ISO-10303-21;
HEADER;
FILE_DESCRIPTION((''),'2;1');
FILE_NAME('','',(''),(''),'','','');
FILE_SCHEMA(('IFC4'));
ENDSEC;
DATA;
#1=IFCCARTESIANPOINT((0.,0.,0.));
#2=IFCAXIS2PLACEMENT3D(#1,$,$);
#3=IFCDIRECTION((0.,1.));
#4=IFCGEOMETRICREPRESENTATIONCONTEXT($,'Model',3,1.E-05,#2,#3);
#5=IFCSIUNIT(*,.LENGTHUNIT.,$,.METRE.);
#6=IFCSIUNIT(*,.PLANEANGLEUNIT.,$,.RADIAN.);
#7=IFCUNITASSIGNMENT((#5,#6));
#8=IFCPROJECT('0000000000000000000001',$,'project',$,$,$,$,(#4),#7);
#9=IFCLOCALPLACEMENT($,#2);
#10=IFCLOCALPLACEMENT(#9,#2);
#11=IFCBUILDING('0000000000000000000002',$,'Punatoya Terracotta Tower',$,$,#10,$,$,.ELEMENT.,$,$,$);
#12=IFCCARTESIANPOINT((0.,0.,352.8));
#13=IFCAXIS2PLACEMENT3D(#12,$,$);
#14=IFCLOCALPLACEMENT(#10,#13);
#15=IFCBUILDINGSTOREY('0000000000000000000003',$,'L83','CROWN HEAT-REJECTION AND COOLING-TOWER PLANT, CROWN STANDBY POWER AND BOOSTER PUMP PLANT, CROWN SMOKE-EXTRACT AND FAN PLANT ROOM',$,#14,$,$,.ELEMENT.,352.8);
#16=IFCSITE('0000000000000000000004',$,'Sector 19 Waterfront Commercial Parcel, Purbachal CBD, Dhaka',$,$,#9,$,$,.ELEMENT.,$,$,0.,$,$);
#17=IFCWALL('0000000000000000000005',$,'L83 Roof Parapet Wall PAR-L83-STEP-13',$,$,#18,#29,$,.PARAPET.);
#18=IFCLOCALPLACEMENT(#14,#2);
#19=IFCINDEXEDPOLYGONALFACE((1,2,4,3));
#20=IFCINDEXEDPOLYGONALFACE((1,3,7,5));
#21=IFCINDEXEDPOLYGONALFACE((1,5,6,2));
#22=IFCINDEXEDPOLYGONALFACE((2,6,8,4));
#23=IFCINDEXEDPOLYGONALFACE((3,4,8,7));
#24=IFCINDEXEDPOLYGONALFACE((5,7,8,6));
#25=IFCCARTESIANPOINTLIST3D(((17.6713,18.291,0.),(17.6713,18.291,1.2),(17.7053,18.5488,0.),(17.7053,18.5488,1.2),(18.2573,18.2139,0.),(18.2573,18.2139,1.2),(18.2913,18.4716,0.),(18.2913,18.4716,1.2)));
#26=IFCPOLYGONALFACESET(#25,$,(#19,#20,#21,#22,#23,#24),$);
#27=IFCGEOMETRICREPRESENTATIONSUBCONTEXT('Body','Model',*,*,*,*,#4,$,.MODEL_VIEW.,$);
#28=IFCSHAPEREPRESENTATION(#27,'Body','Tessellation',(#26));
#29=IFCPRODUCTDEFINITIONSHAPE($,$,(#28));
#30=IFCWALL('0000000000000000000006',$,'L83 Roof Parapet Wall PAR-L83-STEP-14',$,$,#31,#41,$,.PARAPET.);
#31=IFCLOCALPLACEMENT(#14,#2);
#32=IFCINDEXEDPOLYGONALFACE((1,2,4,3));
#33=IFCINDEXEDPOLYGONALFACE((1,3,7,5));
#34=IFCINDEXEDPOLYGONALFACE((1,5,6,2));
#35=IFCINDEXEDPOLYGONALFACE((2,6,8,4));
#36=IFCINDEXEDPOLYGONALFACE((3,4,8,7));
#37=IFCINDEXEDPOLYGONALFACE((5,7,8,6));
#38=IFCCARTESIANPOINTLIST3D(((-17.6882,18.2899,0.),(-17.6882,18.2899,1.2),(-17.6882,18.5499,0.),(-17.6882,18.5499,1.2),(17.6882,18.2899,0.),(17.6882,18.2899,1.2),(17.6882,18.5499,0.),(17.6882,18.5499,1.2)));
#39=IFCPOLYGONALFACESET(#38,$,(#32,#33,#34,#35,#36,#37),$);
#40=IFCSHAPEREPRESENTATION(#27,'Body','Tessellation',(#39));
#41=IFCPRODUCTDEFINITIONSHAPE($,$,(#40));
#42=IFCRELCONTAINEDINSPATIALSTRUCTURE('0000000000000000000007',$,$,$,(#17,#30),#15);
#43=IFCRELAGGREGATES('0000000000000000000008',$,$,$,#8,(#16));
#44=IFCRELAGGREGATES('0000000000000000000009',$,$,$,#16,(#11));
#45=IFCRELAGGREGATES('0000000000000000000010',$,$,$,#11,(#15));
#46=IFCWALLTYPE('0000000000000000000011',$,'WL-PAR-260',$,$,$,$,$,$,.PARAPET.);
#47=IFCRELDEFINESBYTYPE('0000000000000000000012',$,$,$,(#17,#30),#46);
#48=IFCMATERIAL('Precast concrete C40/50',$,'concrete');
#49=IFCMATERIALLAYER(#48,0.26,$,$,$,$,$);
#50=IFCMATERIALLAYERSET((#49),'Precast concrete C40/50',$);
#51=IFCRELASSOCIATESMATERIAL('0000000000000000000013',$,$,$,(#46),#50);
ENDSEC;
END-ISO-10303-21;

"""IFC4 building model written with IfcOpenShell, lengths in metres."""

from ifc_helpers import new_model, si_unit, direction, frame, frame_2d, origin, place, context, subcontext, project, spatial, rectangle, extrude, material, layer, layer_set, type_object, element, save


model = new_model("IFC4")

# Units and contexts
model_context = context("Model", 3, precision=1e-05, world=origin(), true_north=direction((0.0, 1.0)))
body_context = subcontext(model_context, "Body", "Model", "MODEL_VIEW")
ifc_project = project(units=[si_unit("LENGTHUNIT", "METRE"), si_unit("PLANEANGLEUNIT", "RADIAN")], contexts=[model_context])

# Site, building, storey
site_placement = place(None, origin())
site = spatial("IfcSite", under=ifc_project, at=site_placement, Name="Sector 19 Waterfront Commercial Parcel, Purbachal CBD, Dhaka", CompositionType="ELEMENT", RefElevation=0.0)
building_placement = place(site_placement, origin())
building = spatial("IfcBuilding", under=site, at=building_placement, Name="Punatoya Terracotta Tower", CompositionType="ELEMENT")
storey_placement = place(building_placement, frame((0.0, 0.0, 352.8)))
storey = spatial("IfcBuildingStorey", under=building, at=storey_placement, Name="L83", Description="CROWN HEAT-REJECTION AND COOLING-TOWER PLANT, CROWN STANDBY POWER AND BOOSTER PUMP PLANT, CROWN SMOKE-EXTRACT AND FAN PLANT ROOM", CompositionType="ELEMENT", Elevation=352.8)

# Walls
ifc_material_1 = material(Name="Precast concrete C40/50", Category="concrete")
ifc_layer_1 = layer(ifc_material_1, 0.26)
ifc_layer_set_1 = layer_set([ifc_layer_1], Name="Precast concrete C40/50")
wall_type_1 = type_object("IfcWallType", Name="WL-PAR-260", PredefinedType="PARAPET", material=ifc_layer_set_1)
wall_1_placement = place(storey_placement, frame((18.2742, 18.3428, 0.0), z_axis=(0.0, 0.0, 1.0), x_axis=(-0.991443, 0.13054, 0.0)))
element("IfcWall", 1, at=wall_1_placement, inside=storey, type_object=wall_type_1, Name="L83 Roof Parapet Wall PAR-L83-STEP-13", PredefinedType="PARAPET", context=body_context, shape_type="SweptSolid", body=[
    extrude(rectangle(XDim=0.5911, YDim=0.26, at=frame_2d((0.2954, 0.0))), origin(), (0.0, 0.0, 1.0), 1.2),
])
wall_2_placement = place(storey_placement, frame((17.6882, 18.4199, 0.0), z_axis=(0.0, 0.0, 1.0), x_axis=(-1.0, 0.0, 0.0)))
element("IfcWall", 2, at=wall_2_placement, inside=storey, type_object=wall_type_1, Name="L83 Roof Parapet Wall PAR-L83-STEP-14", PredefinedType="PARAPET", context=body_context, shape_type="SweptSolid", body=[
    extrude(rectangle(XDim=35.3765, YDim=0.26, at=frame_2d((17.6882, 0.0))), origin(), (0.0, 0.0, 1.0), 1.2),
])

save(model, "model.ifc")
